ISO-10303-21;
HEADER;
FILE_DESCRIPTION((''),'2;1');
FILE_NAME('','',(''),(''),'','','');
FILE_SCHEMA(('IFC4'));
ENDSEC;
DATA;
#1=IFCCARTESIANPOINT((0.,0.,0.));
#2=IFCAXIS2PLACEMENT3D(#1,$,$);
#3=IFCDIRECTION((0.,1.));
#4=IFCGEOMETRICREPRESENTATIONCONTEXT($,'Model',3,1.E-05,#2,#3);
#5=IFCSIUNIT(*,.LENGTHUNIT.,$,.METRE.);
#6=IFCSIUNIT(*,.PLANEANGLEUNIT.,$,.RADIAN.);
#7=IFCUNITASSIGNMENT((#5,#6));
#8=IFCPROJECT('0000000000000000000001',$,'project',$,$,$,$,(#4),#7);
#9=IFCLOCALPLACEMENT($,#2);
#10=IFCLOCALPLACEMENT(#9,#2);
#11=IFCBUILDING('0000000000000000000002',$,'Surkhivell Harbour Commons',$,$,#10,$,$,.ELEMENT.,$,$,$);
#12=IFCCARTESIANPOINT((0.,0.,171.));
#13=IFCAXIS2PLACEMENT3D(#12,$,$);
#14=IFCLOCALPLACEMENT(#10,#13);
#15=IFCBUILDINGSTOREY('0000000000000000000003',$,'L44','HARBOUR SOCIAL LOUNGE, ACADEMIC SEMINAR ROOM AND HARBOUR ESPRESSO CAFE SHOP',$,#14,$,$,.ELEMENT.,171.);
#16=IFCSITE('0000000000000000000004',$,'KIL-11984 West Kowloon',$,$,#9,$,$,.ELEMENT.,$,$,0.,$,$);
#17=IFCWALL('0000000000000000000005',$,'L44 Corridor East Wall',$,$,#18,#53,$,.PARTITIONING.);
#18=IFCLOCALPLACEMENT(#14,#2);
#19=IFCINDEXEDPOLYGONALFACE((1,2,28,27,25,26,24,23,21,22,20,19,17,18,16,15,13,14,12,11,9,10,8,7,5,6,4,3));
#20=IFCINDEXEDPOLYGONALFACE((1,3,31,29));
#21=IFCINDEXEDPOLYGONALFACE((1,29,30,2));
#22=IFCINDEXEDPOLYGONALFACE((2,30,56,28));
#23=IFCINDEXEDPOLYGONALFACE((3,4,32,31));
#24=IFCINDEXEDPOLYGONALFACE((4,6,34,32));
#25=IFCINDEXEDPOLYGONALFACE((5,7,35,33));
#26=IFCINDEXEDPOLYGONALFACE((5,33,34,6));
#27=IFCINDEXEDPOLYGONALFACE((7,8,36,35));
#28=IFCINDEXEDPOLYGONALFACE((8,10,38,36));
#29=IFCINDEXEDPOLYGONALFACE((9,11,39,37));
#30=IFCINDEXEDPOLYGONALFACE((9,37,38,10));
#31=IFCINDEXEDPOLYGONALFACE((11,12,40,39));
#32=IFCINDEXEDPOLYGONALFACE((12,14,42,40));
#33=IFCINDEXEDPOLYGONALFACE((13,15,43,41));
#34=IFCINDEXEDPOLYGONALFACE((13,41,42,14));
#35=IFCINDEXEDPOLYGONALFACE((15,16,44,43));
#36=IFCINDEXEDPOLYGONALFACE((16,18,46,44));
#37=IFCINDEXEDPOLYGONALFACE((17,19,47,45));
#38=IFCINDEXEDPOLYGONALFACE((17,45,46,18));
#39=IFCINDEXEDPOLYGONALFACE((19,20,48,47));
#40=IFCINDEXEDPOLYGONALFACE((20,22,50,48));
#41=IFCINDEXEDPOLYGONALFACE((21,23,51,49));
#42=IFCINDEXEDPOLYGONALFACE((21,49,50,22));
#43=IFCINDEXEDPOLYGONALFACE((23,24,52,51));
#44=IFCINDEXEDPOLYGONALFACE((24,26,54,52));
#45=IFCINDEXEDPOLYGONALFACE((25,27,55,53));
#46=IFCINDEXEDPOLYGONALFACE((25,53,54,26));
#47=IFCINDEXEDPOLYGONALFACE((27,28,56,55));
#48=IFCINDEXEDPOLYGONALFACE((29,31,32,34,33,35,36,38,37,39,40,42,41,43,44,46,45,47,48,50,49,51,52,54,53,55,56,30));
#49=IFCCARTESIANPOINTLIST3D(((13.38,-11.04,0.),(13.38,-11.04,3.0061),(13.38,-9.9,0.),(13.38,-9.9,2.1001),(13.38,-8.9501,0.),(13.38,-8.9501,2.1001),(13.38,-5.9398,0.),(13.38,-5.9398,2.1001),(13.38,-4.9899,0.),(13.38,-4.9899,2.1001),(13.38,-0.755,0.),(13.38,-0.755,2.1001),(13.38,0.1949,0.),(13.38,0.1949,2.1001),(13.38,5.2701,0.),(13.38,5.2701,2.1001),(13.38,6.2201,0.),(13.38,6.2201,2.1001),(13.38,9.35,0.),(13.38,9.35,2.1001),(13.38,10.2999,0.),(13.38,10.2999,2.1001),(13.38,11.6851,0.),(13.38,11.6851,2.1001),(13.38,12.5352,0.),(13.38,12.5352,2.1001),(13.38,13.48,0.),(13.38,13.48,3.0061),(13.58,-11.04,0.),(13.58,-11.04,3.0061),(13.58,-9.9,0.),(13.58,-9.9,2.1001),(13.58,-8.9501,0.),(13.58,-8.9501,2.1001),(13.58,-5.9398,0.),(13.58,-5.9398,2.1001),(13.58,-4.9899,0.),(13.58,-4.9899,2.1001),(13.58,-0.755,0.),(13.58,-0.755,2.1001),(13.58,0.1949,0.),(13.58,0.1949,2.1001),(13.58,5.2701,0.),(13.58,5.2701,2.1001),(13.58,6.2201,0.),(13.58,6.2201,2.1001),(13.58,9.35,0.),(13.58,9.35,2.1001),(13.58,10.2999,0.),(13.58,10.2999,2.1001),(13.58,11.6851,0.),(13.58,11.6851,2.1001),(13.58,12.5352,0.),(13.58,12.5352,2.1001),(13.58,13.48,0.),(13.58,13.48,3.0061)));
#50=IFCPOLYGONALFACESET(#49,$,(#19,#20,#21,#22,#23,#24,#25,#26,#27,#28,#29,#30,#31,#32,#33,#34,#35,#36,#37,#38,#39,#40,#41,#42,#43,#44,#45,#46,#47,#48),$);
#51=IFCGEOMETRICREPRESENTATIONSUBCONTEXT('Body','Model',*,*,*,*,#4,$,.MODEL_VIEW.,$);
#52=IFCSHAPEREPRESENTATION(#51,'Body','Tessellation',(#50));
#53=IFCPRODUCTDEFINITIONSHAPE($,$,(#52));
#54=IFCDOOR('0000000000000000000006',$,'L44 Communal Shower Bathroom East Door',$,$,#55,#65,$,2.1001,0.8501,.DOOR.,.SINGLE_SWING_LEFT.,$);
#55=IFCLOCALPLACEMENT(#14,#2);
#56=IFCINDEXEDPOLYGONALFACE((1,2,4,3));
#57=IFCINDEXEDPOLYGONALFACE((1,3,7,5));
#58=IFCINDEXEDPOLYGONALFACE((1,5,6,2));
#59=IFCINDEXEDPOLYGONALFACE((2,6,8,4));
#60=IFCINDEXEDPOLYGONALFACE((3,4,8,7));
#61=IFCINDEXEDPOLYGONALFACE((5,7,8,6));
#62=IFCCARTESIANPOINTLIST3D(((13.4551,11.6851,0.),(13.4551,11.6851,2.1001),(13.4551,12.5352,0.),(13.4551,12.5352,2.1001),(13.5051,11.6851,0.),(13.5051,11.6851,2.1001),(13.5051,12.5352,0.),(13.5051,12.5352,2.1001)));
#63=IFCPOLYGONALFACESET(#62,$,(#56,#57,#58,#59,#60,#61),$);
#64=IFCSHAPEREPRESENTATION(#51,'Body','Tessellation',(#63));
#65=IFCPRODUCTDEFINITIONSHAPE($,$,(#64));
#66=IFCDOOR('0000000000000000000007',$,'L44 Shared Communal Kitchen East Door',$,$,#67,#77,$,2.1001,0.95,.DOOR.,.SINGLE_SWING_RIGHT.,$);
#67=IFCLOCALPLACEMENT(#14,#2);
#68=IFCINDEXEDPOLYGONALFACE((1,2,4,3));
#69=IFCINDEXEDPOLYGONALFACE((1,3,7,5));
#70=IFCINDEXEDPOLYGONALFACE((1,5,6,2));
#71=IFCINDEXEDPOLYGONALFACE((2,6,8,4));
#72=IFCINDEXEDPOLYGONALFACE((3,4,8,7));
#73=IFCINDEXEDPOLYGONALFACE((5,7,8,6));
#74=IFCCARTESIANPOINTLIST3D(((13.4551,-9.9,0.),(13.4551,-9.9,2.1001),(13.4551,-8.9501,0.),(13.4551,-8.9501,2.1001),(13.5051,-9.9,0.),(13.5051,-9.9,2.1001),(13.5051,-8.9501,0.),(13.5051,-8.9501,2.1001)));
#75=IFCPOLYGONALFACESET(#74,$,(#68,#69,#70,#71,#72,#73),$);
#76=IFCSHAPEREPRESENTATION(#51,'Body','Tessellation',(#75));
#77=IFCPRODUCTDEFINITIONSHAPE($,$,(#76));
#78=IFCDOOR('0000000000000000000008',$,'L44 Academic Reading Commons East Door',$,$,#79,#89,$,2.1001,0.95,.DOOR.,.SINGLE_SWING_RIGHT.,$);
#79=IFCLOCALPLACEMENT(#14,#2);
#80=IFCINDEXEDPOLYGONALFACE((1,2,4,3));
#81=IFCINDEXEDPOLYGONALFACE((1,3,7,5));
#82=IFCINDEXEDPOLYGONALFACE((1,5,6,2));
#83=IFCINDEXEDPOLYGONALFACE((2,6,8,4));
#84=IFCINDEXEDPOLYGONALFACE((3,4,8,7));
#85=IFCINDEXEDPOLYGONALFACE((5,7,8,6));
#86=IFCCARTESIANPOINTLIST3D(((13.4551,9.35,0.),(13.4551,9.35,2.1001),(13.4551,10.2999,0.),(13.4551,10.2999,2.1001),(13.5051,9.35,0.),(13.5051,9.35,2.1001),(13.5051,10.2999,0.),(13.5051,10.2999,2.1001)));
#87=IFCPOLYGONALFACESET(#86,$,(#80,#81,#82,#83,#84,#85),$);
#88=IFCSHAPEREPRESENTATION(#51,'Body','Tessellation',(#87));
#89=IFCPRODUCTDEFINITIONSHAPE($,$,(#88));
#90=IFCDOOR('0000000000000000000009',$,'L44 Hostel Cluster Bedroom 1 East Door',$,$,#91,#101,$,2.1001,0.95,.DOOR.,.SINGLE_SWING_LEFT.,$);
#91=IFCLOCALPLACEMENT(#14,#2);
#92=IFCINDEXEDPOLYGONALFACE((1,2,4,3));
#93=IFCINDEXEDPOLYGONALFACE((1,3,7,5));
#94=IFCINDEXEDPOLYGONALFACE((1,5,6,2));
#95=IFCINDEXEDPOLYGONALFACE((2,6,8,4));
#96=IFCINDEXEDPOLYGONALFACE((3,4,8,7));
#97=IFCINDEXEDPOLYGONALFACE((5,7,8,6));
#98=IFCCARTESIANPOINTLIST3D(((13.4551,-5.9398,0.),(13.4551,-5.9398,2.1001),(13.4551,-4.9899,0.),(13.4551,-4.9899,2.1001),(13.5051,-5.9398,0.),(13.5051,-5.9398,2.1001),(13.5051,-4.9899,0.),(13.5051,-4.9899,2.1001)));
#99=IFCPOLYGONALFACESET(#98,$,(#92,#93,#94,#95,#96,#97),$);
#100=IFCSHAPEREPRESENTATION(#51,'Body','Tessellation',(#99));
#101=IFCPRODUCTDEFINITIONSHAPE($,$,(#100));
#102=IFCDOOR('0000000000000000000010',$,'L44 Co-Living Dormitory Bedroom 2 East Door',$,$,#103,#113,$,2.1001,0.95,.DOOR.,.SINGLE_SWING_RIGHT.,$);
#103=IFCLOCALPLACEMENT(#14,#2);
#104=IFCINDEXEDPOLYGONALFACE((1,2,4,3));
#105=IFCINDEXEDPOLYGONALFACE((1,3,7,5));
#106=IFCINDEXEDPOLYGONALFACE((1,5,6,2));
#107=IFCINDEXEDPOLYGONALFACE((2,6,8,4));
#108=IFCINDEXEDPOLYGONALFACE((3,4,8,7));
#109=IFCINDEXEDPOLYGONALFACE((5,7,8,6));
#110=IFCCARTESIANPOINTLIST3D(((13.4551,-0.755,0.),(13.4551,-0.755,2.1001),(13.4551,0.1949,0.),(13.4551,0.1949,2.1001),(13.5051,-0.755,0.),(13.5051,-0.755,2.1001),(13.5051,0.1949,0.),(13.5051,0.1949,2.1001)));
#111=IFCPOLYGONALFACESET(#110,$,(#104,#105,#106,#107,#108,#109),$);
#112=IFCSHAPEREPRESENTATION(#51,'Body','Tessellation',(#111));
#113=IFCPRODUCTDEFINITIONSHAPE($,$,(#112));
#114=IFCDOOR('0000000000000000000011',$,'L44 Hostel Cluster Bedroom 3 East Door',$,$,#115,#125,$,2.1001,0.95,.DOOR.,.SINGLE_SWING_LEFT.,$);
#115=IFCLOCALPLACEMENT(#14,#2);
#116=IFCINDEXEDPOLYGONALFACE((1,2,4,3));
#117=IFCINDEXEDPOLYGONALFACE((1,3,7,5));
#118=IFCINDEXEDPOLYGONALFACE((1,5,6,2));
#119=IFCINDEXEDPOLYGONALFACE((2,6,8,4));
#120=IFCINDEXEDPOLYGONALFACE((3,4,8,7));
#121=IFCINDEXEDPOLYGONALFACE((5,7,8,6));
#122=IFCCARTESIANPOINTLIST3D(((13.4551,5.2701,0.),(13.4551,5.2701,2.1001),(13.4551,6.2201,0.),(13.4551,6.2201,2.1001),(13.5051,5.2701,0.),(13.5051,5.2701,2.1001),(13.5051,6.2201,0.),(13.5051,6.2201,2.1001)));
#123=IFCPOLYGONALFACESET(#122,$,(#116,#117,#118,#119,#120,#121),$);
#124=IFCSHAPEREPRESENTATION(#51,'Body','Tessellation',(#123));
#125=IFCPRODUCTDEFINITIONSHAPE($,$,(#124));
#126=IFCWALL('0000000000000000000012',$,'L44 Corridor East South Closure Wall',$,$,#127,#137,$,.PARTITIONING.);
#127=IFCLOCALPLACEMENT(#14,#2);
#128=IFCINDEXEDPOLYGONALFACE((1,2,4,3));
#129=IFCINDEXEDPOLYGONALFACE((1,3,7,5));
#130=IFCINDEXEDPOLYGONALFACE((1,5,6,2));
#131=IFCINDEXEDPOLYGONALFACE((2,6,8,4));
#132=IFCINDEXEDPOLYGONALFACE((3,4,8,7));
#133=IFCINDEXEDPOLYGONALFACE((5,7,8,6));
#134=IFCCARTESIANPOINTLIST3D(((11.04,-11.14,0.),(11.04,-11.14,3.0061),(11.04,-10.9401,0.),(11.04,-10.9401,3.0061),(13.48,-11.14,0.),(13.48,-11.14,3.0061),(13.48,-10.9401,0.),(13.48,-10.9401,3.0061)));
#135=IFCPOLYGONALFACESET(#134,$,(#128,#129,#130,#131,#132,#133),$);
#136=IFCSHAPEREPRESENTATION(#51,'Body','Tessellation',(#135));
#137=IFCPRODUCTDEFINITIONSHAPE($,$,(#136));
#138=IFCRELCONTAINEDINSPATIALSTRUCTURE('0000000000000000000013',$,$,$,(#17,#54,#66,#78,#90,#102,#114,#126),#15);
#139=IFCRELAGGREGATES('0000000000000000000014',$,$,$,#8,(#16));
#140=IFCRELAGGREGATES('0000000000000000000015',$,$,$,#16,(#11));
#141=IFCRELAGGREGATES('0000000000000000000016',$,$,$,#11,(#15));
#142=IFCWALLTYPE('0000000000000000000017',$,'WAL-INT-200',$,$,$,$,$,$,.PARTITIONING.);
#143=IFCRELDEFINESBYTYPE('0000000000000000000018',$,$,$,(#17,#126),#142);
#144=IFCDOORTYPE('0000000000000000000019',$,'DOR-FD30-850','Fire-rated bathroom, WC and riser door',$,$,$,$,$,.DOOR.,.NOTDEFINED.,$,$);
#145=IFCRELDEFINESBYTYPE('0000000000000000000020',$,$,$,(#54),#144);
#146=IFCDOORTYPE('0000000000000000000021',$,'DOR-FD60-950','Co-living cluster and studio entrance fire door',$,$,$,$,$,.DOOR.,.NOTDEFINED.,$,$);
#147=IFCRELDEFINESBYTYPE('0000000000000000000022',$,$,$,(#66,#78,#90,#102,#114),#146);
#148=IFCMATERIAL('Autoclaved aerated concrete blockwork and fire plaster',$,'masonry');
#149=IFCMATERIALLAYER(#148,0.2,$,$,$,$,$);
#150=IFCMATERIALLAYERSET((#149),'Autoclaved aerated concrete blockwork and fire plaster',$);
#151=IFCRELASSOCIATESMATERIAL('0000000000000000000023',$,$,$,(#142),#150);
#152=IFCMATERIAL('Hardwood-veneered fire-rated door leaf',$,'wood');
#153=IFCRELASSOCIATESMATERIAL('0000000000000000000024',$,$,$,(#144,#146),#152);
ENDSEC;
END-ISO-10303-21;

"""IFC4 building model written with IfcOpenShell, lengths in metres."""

from ifc_helpers import new_model, si_unit, direction, frame, frame_2d, origin, place, context, subcontext, project, spatial, rectangle, extrude, material, layer, layer_set, type_object, element, fill, save


model = new_model("IFC4")

# Units and contexts
model_context = context("Model", 3, precision=1e-05, world=origin(), true_north=direction((0.0, 1.0)))
body_context = subcontext(model_context, "Body", "Model", "MODEL_VIEW")
ifc_project = project(units=[si_unit("LENGTHUNIT", "METRE"), si_unit("PLANEANGLEUNIT", "RADIAN")], contexts=[model_context])

# Site, building, storey
site_placement = place(None, origin())
site = spatial("IfcSite", under=ifc_project, at=site_placement, Name="KIL-11984 West Kowloon", CompositionType="ELEMENT", RefElevation=0.0)
building_placement = place(site_placement, origin())
building = spatial("IfcBuilding", under=site, at=building_placement, Name="Surkhivell Harbour Commons", CompositionType="ELEMENT")
storey_placement = place(building_placement, frame((0.0, 0.0, 171.0)))
storey = spatial("IfcBuildingStorey", under=building, at=storey_placement, Name="L44", Description="HARBOUR SOCIAL LOUNGE, ACADEMIC SEMINAR ROOM AND HARBOUR ESPRESSO CAFE SHOP", CompositionType="ELEMENT", Elevation=171.0)

# Wall, openings, doors
ifc_material_1 = material(Name="Autoclaved aerated concrete blockwork and fire plaster", Category="masonry")
ifc_layer_1 = layer(ifc_material_1, 0.2)
ifc_layer_set_1 = layer_set([ifc_layer_1], Name="Autoclaved aerated concrete blockwork and fire plaster")
wall_type_1 = type_object("IfcWallType", Name="WAL-INT-200", PredefinedType="PARTITIONING", material=ifc_layer_set_1)
wall_1_placement = place(storey_placement, frame((13.48, -11.04, 0.0), z_axis=(0.0, 0.0, 1.0), x_axis=(0.0, 1.0, 0.0)))
wall_1 = element("IfcWall", 1, at=wall_1_placement, inside=storey, type_object=wall_type_1, Name="L44 Corridor East Wall", PredefinedType="PARTITIONING", context=body_context, shape_type="SweptSolid", body=[
    extrude(rectangle(XDim=24.52, YDim=0.2, at=frame_2d((12.26, 0.0))), origin(), (0.0, 0.0, 1.0), 3.0061),
])
opening_1_placement = place(wall_1_placement, frame((1.1399, 0.0, 0.0)))
opening_1 = element("IfcOpeningElement", 2, at=opening_1_placement, cuts=wall_1, PredefinedType="OPENING", context=body_context, shape_type="SweptSolid", body=[
    extrude(rectangle(XDim=0.95, YDim=2.1001, at=frame_2d((0.4751, 1.05))), frame((0.0, 0.1099, 0.0), z_axis=(0.0, -1.0, 0.0), x_axis=(1.0, 0.0, 0.0)), (0.0, 0.0, 1.0), 0.22),
])
opening_2_placement = place(wall_1_placement, frame((22.7251, 0.0, 0.0)))
opening_2 = element("IfcOpeningElement", 3, at=opening_2_placement, cuts=wall_1, PredefinedType="OPENING", context=body_context, shape_type="SweptSolid", body=[
    extrude(rectangle(XDim=0.8501, YDim=2.1001, at=frame_2d((0.425, 1.05))), frame((0.0, 0.1099, 0.0), z_axis=(0.0, -1.0, 0.0), x_axis=(1.0, 0.0, 0.0)), (0.0, 0.0, 1.0), 0.22),
])
opening_3_placement = place(wall_1_placement, frame((20.3899, 0.0, 0.0)))
opening_3 = element("IfcOpeningElement", 4, at=opening_3_placement, cuts=wall_1, PredefinedType="OPENING", context=body_context, shape_type="SweptSolid", body=[
    extrude(rectangle(XDim=0.95, YDim=2.1001, at=frame_2d((0.4751, 1.05))), frame((0.0, 0.1099, 0.0), z_axis=(0.0, -1.0, 0.0), x_axis=(1.0, 0.0, 0.0)), (0.0, 0.0, 1.0), 0.22),
])
opening_4_placement = place(wall_1_placement, frame((5.1001, 0.0, 0.0)))
opening_4 = element("IfcOpeningElement", 5, at=opening_4_placement, cuts=wall_1, PredefinedType="OPENING", context=body_context, shape_type="SweptSolid", body=[
    extrude(rectangle(XDim=0.95, YDim=2.1001, at=frame_2d((0.4751, 1.05))), frame((0.0, 0.1099, 0.0), z_axis=(0.0, -1.0, 0.0), x_axis=(1.0, 0.0, 0.0)), (0.0, 0.0, 1.0), 0.22),
])
opening_5_placement = place(wall_1_placement, frame((10.2849, 0.0, 0.0)))
opening_5 = element("IfcOpeningElement", 6, at=opening_5_placement, cuts=wall_1, PredefinedType="OPENING", context=body_context, shape_type="SweptSolid", body=[
    extrude(rectangle(XDim=0.95, YDim=2.1001, at=frame_2d((0.4751, 1.05))), frame((0.0, 0.1099, 0.0), z_axis=(0.0, -1.0, 0.0), x_axis=(1.0, 0.0, 0.0)), (0.0, 0.0, 1.0), 0.22),
])
opening_6_placement = place(wall_1_placement, frame((16.3101, 0.0, 0.0)))
opening_6 = element("IfcOpeningElement", 7, at=opening_6_placement, cuts=wall_1, PredefinedType="OPENING", context=body_context, shape_type="SweptSolid", body=[
    extrude(rectangle(XDim=0.95, YDim=2.1001, at=frame_2d((0.4751, 1.05))), frame((0.0, 0.1099, 0.0), z_axis=(0.0, -1.0, 0.0), x_axis=(1.0, 0.0, 0.0)), (0.0, 0.0, 1.0), 0.22),
])
ifc_material_2 = material(Name="Hardwood-veneered fire-rated door leaf", Category="wood")
door_type_1 = type_object("IfcDoorType", Name="DOR-FD30-850", Description="Fire-rated bathroom, WC and riser door", OperationType="NOTDEFINED", PredefinedType="DOOR", material=ifc_material_2)
door_1_placement = place(opening_2_placement, origin())
door_1 = element("IfcDoor", 8, at=door_1_placement, inside=storey, type_object=door_type_1, Name="L44 Communal Shower Bathroom East Door", OperationType="SINGLE_SWING_LEFT", OverallHeight=2.1001, OverallWidth=0.8501, PredefinedType="DOOR", context=body_context, shape_type="SweptSolid", body=[
    extrude(rectangle(XDim=0.8501, YDim=2.1001, at=frame_2d((0.425, 1.05))), frame((0.0, 0.0249, 0.0), z_axis=(0.0, -1.0, 0.0), x_axis=(1.0, 0.0, 0.0)), (0.0, 0.0, 1.0), 0.05),
])
fill(opening_2, door_1)
door_type_2 = type_object("IfcDoorType", Name="DOR-FD60-950", Description="Co-living cluster and studio entrance fire door", OperationType="NOTDEFINED", PredefinedType="DOOR", material=ifc_material_2)
door_2_placement = place(opening_1_placement, origin())
door_2 = element("IfcDoor", 9, at=door_2_placement, inside=storey, type_object=door_type_2, Name="L44 Shared Communal Kitchen East Door", OperationType="SINGLE_SWING_RIGHT", OverallHeight=2.1001, OverallWidth=0.95, PredefinedType="DOOR", context=body_context, shape_type="SweptSolid", body=[
    extrude(rectangle(XDim=0.95, YDim=2.1001, at=frame_2d((0.4751, 1.05))), frame((0.0, 0.0249, 0.0), z_axis=(0.0, -1.0, 0.0), x_axis=(1.0, 0.0, 0.0)), (0.0, 0.0, 1.0), 0.05),
])
fill(opening_1, door_2)
door_3_placement = place(opening_3_placement, origin())
door_3 = element("IfcDoor", 10, at=door_3_placement, inside=storey, type_object=door_type_2, Name="L44 Academic Reading Commons East Door", OperationType="SINGLE_SWING_RIGHT", OverallHeight=2.1001, OverallWidth=0.95, PredefinedType="DOOR", context=body_context, shape_type="SweptSolid", body=[
    extrude(rectangle(XDim=0.95, YDim=2.1001, at=frame_2d((0.4751, 1.05))), frame((0.0, 0.0249, 0.0), z_axis=(0.0, -1.0, 0.0), x_axis=(1.0, 0.0, 0.0)), (0.0, 0.0, 1.0), 0.05),
])
fill(opening_3, door_3)
door_4_placement = place(opening_4_placement, origin())
door_4 = element("IfcDoor", 11, at=door_4_placement, inside=storey, type_object=door_type_2, Name="L44 Hostel Cluster Bedroom 1 East Door", OperationType="SINGLE_SWING_LEFT", OverallHeight=2.1001, OverallWidth=0.95, PredefinedType="DOOR", context=body_context, shape_type="SweptSolid", body=[
    extrude(rectangle(XDim=0.95, YDim=2.1001, at=frame_2d((0.4751, 1.05))), frame((0.0, 0.0249, 0.0), z_axis=(0.0, -1.0, 0.0), x_axis=(1.0, 0.0, 0.0)), (0.0, 0.0, 1.0), 0.05),
])
fill(opening_4, door_4)
door_5_placement = place(opening_5_placement, origin())
door_5 = element("IfcDoor", 12, at=door_5_placement, inside=storey, type_object=door_type_2, Name="L44 Co-Living Dormitory Bedroom 2 East Door", OperationType="SINGLE_SWING_RIGHT", OverallHeight=2.1001, OverallWidth=0.95, PredefinedType="DOOR", context=body_context, shape_type="SweptSolid", body=[
    extrude(rectangle(XDim=0.95, YDim=2.1001, at=frame_2d((0.4751, 1.05))), frame((0.0, 0.0249, 0.0), z_axis=(0.0, -1.0, 0.0), x_axis=(1.0, 0.0, 0.0)), (0.0, 0.0, 1.0), 0.05),
])
fill(opening_5, door_5)
door_6_placement = place(opening_6_placement, origin())
door_6 = element("IfcDoor", 13, at=door_6_placement, inside=storey, type_object=door_type_2, Name="L44 Hostel Cluster Bedroom 3 East Door", OperationType="SINGLE_SWING_LEFT", OverallHeight=2.1001, OverallWidth=0.95, PredefinedType="DOOR", context=body_context, shape_type="SweptSolid", body=[
    extrude(rectangle(XDim=0.95, YDim=2.1001, at=frame_2d((0.4751, 1.05))), frame((0.0, 0.0249, 0.0), z_axis=(0.0, -1.0, 0.0), x_axis=(1.0, 0.0, 0.0)), (0.0, 0.0, 1.0), 0.05),
])
fill(opening_6, door_6)

# Wall
wall_2_placement = place(storey_placement, frame((11.04, -11.04, 0.0), z_axis=(0.0, 0.0, 1.0), x_axis=(1.0, 0.0, 0.0)))
element("IfcWall", 14, at=wall_2_placement, inside=storey, type_object=wall_type_1, Name="L44 Corridor East South Closure Wall", PredefinedType="PARTITIONING", context=body_context, shape_type="SweptSolid", body=[
    extrude(rectangle(XDim=2.4399, YDim=0.2, at=frame_2d((1.22, 0.0))), origin(), (0.0, 0.0, 1.0), 3.0061),
])

save(model, "model.ifc")
